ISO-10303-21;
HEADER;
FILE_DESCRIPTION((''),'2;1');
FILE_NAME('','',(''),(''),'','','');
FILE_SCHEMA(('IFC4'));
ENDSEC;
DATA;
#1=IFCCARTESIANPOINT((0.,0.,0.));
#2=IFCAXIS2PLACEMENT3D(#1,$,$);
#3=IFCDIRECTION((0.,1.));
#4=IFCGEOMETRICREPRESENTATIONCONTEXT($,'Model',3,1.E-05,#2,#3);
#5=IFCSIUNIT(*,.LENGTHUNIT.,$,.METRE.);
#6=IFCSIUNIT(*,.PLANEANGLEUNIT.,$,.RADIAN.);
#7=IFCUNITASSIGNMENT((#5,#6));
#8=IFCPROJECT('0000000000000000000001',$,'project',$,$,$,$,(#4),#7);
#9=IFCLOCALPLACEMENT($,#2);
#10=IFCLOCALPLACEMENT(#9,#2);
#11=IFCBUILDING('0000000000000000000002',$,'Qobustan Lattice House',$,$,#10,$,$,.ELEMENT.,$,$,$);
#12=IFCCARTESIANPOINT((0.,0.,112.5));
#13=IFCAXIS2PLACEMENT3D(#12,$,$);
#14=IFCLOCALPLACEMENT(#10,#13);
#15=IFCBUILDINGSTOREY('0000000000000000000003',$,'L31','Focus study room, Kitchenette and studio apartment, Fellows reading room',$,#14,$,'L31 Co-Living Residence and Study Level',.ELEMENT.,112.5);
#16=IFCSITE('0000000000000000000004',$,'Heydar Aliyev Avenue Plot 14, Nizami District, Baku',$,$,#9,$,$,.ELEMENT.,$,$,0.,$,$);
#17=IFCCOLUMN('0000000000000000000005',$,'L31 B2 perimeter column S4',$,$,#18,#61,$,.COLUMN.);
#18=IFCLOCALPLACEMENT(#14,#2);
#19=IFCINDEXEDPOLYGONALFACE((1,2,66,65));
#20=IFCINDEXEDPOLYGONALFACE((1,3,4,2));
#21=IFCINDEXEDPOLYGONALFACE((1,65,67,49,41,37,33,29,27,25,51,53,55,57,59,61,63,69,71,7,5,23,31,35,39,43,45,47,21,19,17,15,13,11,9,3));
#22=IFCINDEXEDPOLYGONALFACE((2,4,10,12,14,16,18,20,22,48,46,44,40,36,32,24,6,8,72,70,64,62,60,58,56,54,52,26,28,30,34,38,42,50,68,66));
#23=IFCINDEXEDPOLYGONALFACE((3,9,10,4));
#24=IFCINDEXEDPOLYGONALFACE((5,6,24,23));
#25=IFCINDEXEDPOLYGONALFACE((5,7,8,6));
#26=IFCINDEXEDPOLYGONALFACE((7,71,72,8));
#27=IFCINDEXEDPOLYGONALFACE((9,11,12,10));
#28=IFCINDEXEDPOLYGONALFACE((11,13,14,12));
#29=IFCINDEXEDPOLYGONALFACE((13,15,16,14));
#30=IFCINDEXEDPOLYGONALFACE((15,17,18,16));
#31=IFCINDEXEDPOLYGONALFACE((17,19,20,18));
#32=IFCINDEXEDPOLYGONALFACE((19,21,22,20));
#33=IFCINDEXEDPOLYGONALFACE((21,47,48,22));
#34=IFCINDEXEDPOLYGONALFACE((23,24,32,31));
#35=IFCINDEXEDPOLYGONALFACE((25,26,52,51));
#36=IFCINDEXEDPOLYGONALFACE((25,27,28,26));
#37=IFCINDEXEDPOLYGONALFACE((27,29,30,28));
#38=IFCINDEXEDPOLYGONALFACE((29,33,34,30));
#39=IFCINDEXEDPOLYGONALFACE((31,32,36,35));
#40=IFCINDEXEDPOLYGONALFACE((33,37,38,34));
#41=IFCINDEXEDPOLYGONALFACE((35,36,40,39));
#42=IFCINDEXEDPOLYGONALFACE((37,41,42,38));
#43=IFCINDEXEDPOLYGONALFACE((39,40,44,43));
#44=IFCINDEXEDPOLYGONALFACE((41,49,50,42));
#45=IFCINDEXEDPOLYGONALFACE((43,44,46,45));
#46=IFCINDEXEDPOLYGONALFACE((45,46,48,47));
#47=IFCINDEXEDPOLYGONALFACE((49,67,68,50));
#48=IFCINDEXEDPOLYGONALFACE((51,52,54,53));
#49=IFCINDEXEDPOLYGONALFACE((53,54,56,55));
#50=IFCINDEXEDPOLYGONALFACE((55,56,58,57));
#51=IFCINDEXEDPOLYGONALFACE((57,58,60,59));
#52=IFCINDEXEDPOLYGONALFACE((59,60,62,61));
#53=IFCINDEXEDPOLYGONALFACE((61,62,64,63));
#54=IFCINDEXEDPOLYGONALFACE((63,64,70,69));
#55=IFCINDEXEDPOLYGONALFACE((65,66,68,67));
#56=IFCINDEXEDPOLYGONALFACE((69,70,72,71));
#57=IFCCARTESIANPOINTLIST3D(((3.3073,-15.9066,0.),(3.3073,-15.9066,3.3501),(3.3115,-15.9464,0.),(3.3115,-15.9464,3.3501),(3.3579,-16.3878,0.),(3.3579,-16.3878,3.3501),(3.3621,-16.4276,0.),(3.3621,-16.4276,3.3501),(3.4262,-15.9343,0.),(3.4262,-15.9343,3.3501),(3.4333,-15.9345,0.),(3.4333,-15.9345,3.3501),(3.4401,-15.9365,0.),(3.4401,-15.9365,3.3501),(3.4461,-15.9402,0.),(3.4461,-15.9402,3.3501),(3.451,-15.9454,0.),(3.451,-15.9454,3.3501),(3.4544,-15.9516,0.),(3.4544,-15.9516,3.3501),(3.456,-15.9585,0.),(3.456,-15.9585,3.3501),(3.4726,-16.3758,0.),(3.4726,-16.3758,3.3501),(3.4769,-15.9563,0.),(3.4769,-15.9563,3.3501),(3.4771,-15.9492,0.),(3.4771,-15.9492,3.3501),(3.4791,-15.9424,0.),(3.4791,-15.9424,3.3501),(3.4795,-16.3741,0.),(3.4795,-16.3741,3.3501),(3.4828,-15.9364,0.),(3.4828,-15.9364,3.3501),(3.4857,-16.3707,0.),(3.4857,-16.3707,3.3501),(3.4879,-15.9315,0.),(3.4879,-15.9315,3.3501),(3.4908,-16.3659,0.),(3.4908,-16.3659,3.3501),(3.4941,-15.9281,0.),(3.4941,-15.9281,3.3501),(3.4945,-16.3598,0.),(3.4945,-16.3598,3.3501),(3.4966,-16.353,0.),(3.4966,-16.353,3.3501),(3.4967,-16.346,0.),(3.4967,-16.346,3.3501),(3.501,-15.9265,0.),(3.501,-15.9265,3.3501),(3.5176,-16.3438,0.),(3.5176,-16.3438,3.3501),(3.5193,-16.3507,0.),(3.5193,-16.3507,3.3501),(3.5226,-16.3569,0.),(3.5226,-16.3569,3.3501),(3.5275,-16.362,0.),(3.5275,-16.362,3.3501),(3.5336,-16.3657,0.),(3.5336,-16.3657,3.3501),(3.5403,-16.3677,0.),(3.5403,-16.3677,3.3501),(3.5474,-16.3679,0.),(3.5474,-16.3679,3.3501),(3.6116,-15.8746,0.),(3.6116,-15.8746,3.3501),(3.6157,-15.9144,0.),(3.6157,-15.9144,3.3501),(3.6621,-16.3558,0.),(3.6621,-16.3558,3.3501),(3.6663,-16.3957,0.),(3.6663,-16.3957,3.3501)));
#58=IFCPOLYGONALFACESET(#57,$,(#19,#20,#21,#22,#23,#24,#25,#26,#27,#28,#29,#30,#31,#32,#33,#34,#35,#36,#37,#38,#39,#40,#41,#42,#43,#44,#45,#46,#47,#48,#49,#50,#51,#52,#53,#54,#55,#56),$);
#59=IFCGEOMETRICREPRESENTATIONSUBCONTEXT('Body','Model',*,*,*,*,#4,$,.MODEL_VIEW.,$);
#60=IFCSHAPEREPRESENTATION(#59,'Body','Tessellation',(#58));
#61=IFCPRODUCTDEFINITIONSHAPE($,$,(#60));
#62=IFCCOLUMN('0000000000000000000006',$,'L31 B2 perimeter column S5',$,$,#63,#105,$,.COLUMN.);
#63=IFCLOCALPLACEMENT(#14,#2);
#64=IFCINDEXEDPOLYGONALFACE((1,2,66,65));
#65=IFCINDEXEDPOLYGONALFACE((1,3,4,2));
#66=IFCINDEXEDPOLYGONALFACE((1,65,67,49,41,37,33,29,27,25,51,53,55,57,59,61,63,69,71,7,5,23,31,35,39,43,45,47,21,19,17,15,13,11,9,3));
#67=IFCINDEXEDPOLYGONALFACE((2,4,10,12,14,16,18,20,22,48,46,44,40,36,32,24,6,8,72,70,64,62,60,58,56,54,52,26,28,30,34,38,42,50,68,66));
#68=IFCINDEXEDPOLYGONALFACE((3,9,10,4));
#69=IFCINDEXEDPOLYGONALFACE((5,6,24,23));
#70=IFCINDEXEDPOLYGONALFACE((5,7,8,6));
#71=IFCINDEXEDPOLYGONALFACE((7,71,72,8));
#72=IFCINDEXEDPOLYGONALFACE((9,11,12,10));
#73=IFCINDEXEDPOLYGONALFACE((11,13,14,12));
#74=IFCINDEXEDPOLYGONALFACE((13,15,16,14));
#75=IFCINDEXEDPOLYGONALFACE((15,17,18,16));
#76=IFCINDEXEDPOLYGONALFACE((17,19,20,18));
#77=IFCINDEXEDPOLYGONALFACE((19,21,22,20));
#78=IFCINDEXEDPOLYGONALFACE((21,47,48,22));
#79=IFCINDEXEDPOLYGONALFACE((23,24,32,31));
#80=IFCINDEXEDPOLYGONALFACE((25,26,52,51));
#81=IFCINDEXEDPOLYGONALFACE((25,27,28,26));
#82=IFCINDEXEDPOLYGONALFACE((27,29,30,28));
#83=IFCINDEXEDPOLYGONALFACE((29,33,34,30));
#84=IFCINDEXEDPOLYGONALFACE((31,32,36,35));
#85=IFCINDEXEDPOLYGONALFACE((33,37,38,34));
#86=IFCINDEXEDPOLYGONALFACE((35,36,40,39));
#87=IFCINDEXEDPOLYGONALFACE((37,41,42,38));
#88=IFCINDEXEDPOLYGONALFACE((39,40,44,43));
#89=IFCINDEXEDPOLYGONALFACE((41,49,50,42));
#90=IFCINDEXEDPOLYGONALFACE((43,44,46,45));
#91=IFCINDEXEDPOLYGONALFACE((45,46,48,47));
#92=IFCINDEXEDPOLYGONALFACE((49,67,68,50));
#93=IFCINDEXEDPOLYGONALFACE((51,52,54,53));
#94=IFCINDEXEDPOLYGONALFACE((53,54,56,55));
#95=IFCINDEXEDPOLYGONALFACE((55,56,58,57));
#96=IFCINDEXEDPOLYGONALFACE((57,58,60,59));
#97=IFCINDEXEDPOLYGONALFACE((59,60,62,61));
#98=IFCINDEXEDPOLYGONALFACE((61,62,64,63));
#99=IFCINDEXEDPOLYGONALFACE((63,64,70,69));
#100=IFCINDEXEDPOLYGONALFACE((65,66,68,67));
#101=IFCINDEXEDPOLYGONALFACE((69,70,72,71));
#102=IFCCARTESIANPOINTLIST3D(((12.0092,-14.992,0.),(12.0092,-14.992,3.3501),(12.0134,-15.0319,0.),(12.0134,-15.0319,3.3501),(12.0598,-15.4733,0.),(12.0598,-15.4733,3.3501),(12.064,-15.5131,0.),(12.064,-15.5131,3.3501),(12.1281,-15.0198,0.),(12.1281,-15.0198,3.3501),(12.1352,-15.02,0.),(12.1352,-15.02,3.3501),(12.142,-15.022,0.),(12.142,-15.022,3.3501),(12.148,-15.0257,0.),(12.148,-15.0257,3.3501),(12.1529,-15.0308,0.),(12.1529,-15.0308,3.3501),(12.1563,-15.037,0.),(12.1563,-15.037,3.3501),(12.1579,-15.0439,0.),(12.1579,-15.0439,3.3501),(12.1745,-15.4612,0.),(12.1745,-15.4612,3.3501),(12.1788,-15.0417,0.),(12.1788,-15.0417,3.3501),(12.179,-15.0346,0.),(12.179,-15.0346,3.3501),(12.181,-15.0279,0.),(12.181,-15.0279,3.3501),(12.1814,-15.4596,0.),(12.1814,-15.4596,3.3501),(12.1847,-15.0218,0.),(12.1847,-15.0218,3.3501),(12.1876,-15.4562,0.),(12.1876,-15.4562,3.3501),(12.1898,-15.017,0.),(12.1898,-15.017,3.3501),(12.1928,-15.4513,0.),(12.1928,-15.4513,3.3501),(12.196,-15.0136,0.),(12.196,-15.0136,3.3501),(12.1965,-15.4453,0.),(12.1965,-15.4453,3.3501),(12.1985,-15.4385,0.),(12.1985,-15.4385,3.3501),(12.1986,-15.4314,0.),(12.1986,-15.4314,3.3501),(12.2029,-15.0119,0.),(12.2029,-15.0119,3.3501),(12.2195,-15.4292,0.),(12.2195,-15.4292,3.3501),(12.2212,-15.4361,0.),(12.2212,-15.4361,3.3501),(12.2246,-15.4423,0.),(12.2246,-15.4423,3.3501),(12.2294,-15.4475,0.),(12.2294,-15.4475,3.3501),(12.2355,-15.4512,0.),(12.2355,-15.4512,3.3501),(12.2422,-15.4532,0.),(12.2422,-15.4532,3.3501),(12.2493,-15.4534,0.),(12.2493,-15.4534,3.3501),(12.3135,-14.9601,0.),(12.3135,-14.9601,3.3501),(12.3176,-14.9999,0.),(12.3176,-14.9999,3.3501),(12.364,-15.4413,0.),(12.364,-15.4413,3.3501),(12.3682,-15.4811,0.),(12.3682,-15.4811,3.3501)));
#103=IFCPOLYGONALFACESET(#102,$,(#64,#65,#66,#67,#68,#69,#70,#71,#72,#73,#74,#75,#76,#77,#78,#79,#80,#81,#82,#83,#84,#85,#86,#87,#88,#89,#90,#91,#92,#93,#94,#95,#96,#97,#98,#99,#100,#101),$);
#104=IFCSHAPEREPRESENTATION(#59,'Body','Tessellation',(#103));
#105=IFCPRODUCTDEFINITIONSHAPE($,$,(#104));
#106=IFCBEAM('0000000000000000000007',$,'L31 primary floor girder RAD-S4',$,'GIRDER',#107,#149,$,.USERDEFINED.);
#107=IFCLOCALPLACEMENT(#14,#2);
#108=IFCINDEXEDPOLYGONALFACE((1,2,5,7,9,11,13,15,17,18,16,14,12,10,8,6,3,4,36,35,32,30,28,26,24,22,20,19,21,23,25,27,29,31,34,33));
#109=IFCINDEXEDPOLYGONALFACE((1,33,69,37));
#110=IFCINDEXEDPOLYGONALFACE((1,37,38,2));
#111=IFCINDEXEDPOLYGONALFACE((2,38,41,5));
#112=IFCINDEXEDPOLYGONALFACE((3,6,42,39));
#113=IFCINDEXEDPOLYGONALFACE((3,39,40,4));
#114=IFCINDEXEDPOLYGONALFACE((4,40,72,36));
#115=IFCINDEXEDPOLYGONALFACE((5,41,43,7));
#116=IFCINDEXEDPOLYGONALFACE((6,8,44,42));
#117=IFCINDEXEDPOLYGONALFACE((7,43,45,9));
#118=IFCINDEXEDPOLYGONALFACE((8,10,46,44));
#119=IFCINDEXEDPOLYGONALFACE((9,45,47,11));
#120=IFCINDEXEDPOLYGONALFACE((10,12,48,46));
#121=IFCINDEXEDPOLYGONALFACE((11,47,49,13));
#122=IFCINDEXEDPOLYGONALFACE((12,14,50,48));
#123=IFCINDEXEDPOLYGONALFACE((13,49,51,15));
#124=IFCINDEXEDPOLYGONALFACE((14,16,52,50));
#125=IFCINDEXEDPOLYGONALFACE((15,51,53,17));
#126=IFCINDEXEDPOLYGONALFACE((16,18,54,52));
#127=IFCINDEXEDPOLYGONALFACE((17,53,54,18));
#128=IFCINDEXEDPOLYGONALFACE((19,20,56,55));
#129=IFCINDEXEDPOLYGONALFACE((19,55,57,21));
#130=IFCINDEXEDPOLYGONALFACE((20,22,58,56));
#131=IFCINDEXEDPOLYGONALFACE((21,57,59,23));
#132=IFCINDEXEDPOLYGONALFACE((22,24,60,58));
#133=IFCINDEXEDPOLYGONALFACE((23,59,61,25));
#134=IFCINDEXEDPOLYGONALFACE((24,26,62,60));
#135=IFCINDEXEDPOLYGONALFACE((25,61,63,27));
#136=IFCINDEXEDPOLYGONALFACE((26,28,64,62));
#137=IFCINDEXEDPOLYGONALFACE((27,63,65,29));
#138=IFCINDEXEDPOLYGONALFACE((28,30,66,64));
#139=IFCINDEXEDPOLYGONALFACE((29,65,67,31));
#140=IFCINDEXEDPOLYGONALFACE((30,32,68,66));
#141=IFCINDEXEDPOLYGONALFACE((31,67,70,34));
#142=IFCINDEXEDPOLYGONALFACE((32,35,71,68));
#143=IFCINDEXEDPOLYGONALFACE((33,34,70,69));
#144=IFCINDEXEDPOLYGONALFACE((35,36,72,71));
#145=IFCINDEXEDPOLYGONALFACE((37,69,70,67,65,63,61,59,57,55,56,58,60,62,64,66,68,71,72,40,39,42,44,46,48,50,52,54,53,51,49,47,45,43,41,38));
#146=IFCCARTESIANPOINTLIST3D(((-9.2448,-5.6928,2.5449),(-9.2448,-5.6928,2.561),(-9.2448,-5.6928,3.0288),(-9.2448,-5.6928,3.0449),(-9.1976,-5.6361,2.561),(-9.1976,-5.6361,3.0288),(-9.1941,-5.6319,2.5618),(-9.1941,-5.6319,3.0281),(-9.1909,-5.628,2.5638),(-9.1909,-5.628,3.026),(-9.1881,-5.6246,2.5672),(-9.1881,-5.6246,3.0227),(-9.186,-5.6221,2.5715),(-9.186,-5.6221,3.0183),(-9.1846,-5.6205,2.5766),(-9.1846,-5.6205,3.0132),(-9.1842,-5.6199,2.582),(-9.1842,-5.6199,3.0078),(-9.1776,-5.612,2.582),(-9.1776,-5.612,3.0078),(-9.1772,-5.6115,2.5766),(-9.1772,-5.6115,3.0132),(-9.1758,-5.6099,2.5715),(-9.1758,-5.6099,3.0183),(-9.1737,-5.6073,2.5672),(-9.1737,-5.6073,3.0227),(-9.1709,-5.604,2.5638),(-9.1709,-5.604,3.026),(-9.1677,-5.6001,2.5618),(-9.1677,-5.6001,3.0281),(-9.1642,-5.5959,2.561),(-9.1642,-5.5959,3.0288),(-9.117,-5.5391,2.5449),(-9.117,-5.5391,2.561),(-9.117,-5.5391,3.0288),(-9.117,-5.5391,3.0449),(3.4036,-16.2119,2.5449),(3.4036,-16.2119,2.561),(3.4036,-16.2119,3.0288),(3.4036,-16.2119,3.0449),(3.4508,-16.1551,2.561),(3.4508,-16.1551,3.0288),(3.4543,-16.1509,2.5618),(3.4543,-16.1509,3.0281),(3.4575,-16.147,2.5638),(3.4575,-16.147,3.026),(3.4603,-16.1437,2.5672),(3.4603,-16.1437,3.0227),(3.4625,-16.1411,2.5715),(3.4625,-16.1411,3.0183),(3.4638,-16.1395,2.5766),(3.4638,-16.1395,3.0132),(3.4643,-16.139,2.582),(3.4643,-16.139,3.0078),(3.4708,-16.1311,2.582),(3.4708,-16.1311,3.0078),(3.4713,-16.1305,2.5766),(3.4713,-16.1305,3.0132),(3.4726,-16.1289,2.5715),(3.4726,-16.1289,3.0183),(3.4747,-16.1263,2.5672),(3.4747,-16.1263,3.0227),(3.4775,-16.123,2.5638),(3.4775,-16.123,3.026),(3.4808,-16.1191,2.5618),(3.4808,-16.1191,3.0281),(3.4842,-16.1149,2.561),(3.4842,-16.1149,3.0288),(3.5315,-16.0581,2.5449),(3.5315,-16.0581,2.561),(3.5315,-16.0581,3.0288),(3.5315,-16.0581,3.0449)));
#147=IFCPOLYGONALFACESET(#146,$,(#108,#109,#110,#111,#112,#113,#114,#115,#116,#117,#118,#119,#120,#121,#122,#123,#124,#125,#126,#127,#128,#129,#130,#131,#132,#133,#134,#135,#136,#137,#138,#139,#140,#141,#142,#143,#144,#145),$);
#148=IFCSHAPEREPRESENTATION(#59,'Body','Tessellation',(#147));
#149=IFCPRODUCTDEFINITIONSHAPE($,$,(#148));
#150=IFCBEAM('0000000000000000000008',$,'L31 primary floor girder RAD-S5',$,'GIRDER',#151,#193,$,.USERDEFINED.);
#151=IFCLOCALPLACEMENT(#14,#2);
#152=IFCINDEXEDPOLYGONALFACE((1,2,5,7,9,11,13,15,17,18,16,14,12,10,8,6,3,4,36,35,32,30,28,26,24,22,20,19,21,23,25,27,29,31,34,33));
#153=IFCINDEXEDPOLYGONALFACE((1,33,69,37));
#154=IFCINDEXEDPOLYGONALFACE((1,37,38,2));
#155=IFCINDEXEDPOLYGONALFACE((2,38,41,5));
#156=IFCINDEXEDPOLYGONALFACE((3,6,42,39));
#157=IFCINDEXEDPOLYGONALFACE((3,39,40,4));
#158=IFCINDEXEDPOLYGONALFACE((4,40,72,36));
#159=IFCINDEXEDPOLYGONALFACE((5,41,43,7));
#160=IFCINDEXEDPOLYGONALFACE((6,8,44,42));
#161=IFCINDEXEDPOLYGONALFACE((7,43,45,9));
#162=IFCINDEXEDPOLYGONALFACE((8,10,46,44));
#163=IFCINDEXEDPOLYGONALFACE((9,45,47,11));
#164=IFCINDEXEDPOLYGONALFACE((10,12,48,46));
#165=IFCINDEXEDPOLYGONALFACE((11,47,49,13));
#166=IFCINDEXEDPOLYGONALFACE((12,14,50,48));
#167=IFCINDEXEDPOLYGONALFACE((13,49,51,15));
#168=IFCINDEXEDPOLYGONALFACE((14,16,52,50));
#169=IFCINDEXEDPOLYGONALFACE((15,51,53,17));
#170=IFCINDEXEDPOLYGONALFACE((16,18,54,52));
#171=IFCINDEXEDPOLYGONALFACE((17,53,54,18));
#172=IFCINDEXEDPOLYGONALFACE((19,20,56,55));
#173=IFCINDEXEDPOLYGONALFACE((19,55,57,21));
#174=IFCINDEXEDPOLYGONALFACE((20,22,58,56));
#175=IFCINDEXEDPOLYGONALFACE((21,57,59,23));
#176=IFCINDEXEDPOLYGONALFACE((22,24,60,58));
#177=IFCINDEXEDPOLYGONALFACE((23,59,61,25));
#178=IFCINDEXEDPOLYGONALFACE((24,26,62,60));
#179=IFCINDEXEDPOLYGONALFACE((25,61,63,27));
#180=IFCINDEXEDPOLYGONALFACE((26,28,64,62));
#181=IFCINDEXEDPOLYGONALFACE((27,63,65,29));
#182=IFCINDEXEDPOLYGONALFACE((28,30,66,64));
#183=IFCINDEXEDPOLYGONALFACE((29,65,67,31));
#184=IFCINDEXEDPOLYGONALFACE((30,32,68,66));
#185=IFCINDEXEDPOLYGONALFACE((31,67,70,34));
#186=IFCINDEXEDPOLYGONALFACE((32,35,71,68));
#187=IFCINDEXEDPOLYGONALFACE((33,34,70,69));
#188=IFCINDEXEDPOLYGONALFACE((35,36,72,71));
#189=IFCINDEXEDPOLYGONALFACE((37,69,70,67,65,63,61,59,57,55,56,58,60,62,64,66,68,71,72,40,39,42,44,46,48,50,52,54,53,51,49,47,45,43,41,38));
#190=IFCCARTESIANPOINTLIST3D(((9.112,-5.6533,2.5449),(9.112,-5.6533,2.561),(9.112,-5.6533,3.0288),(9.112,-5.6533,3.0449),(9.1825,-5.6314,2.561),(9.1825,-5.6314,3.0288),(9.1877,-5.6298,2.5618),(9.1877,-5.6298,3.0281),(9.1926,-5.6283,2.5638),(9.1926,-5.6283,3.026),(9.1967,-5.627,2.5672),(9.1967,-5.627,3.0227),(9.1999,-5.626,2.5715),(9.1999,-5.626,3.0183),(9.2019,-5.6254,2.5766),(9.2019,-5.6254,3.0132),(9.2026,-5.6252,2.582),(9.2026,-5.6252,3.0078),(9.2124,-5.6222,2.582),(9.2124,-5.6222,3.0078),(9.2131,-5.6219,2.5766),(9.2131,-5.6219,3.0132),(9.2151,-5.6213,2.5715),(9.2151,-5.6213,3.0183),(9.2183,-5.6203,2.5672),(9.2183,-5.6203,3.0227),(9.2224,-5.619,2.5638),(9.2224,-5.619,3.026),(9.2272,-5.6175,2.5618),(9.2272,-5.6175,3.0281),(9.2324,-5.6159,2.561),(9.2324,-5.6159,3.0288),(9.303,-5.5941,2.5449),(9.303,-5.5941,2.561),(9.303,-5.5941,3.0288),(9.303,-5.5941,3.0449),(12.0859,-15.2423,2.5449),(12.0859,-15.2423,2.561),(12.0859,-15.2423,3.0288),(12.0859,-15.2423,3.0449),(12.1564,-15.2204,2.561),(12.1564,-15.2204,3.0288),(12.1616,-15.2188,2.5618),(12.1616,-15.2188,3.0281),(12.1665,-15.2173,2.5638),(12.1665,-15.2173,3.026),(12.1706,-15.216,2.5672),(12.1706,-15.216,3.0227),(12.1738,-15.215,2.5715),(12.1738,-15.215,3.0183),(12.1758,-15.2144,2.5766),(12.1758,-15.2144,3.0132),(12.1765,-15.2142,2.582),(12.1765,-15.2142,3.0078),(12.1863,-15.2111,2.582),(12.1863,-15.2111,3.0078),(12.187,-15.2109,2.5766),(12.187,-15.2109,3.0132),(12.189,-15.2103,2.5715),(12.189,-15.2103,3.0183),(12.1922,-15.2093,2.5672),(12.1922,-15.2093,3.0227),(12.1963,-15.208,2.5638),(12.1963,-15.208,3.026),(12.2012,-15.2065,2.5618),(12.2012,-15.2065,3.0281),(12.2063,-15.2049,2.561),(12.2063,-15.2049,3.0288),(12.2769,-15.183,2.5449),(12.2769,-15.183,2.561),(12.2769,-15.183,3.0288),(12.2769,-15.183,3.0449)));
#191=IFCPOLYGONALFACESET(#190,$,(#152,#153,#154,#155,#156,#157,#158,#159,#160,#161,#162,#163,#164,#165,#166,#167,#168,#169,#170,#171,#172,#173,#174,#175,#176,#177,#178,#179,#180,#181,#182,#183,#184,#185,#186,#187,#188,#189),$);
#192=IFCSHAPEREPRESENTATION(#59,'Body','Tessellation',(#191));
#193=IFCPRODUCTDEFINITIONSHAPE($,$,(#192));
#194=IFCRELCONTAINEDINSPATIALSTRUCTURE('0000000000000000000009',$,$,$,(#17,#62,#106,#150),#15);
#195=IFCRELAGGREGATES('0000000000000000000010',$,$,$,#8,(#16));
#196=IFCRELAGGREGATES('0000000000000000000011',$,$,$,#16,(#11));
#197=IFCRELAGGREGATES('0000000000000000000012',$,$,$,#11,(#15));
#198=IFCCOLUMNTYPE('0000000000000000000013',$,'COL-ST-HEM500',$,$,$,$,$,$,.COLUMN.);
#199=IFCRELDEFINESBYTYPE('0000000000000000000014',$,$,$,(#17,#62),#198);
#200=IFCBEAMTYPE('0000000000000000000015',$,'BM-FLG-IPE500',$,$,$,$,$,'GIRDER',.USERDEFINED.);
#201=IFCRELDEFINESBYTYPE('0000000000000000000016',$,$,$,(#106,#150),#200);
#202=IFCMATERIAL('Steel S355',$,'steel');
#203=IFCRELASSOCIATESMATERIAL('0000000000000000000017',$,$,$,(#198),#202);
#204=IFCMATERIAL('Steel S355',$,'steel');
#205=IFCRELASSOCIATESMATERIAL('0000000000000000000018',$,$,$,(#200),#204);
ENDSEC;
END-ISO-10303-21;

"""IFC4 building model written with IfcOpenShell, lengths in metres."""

from ifc_helpers import new_model, si_unit, direction, frame, origin, origin_2d, place, context, subcontext, project, spatial, i_section, extrude, material, material_profile, profile_set, type_object, element, save


model = new_model("IFC4")

# Units and contexts
model_context = context("Model", 3, precision=1e-05, world=origin(), true_north=direction((0.0, 1.0)))
body_context = subcontext(model_context, "Body", "Model", "MODEL_VIEW")
ifc_project = project(units=[si_unit("LENGTHUNIT", "METRE"), si_unit("PLANEANGLEUNIT", "RADIAN")], contexts=[model_context])

# Site, building, storey
site_placement = place(None, origin())
site = spatial("IfcSite", under=ifc_project, at=site_placement, Name="Heydar Aliyev Avenue Plot 14, Nizami District, Baku", CompositionType="ELEMENT", RefElevation=0.0)
building_placement = place(site_placement, origin())
building = spatial("IfcBuilding", under=site, at=building_placement, Name="Qobustan Lattice House", CompositionType="ELEMENT")
storey_placement = place(building_placement, frame((0.0, 0.0, 112.5)))
storey = spatial("IfcBuildingStorey", under=building, at=storey_placement, Name="L31", Description="Focus study room, Kitchenette and studio apartment, Fellows reading room", LongName="L31 Co-Living Residence and Study Level", CompositionType="ELEMENT", Elevation=112.5)

# Columns
ifc_material_1 = material(Name="Steel S355", Category="steel")
ifc_material_profile_1 = material_profile(ifc_material_1, i_section(OverallWidth=0.3059, OverallDepth=0.5239, WebThickness=0.021, FlangeThickness=0.04, FilletRadius=0.0271, at=origin_2d()), Name="HEM500")
ifc_profile_set_1 = profile_set([ifc_material_profile_1], Name="Steel S355")
column_type = type_object("IfcColumnType", Name="COL-ST-HEM500", PredefinedType="COLUMN", material=ifc_profile_set_1)
for number, where, z_axis, x_axis, name in (
    (1, (3.4868, -16.1511, 0.0), (0.0, 0.0, 1.0), (0.994522, 0.104528, 0.0), "L31 B2 perimeter column S4"),
    (2, (12.1887, -15.2366, 0.0), (0.0, 0.0, 1.0), (0.994522, 0.104528, 0.0), "L31 B2 perimeter column S5"),
):
    element("IfcColumn", number, at=place(storey_placement, frame(where, z_axis=z_axis, x_axis=x_axis)), inside=storey, type_object=column_type, Name=name, PredefinedType="COLUMN", context=body_context, shape_type="SweptSolid", body=[
        extrude(i_section(OverallWidth=0.3059, OverallDepth=0.5239, WebThickness=0.021, FlangeThickness=0.04, FilletRadius=0.0271, at=origin_2d()), origin(), (0.0, 0.0, 1.0), 3.3501),
    ])

# Beams
ifc_material_2 = material(Name="Steel S355", Category="steel")
ifc_material_profile_2 = material_profile(ifc_material_2, i_section(OverallWidth=0.2, OverallDepth=0.5, WebThickness=0.0103, FlangeThickness=0.0161, FilletRadius=0.021, at=origin_2d()), Name="IPE500")
ifc_profile_set_2 = profile_set([ifc_material_profile_2], Name="Steel S355")
beam_type_1 = type_object("IfcBeamType", Name="BM-FLG-IPE500", ElementType="GIRDER", PredefinedType="USERDEFINED", material=ifc_profile_set_2)
beam_1_placement = place(storey_placement, frame((3.4675, -16.135, 2.7949), z_axis=(-0.768858, 0.639419, 0.0), x_axis=(-0.639419, -0.768858, 0.0)))
element("IfcBeam", 3, at=beam_1_placement, inside=storey, type_object=beam_type_1, Name="L31 primary floor girder RAD-S4", ObjectType="GIRDER", PredefinedType="USERDEFINED", context=body_context, shape_type="SweptSolid", body=[
    extrude(i_section(OverallWidth=0.2, OverallDepth=0.5, WebThickness=0.0103, FlangeThickness=0.0161, FilletRadius=0.021, at=origin_2d()), origin(), (0.0, 0.0, 1.0), 16.4509),
])
beam_2_placement = place(storey_placement, frame((12.1814, -15.2126, 2.7949), z_axis=(-0.296219, 0.95512, 0.0), x_axis=(-0.95512, -0.296219, 0.0)))
element("IfcBeam", 4, at=beam_2_placement, inside=storey, type_object=beam_type_1, Name="L31 primary floor girder RAD-S5", ObjectType="GIRDER", PredefinedType="USERDEFINED", context=body_context, shape_type="SweptSolid", body=[
    extrude(i_section(OverallWidth=0.2, OverallDepth=0.5, WebThickness=0.0103, FlangeThickness=0.0161, FilletRadius=0.021, at=origin_2d()), origin(), (0.0, 0.0, 1.0), 10.0396),
])

save(model, "model.ifc")
